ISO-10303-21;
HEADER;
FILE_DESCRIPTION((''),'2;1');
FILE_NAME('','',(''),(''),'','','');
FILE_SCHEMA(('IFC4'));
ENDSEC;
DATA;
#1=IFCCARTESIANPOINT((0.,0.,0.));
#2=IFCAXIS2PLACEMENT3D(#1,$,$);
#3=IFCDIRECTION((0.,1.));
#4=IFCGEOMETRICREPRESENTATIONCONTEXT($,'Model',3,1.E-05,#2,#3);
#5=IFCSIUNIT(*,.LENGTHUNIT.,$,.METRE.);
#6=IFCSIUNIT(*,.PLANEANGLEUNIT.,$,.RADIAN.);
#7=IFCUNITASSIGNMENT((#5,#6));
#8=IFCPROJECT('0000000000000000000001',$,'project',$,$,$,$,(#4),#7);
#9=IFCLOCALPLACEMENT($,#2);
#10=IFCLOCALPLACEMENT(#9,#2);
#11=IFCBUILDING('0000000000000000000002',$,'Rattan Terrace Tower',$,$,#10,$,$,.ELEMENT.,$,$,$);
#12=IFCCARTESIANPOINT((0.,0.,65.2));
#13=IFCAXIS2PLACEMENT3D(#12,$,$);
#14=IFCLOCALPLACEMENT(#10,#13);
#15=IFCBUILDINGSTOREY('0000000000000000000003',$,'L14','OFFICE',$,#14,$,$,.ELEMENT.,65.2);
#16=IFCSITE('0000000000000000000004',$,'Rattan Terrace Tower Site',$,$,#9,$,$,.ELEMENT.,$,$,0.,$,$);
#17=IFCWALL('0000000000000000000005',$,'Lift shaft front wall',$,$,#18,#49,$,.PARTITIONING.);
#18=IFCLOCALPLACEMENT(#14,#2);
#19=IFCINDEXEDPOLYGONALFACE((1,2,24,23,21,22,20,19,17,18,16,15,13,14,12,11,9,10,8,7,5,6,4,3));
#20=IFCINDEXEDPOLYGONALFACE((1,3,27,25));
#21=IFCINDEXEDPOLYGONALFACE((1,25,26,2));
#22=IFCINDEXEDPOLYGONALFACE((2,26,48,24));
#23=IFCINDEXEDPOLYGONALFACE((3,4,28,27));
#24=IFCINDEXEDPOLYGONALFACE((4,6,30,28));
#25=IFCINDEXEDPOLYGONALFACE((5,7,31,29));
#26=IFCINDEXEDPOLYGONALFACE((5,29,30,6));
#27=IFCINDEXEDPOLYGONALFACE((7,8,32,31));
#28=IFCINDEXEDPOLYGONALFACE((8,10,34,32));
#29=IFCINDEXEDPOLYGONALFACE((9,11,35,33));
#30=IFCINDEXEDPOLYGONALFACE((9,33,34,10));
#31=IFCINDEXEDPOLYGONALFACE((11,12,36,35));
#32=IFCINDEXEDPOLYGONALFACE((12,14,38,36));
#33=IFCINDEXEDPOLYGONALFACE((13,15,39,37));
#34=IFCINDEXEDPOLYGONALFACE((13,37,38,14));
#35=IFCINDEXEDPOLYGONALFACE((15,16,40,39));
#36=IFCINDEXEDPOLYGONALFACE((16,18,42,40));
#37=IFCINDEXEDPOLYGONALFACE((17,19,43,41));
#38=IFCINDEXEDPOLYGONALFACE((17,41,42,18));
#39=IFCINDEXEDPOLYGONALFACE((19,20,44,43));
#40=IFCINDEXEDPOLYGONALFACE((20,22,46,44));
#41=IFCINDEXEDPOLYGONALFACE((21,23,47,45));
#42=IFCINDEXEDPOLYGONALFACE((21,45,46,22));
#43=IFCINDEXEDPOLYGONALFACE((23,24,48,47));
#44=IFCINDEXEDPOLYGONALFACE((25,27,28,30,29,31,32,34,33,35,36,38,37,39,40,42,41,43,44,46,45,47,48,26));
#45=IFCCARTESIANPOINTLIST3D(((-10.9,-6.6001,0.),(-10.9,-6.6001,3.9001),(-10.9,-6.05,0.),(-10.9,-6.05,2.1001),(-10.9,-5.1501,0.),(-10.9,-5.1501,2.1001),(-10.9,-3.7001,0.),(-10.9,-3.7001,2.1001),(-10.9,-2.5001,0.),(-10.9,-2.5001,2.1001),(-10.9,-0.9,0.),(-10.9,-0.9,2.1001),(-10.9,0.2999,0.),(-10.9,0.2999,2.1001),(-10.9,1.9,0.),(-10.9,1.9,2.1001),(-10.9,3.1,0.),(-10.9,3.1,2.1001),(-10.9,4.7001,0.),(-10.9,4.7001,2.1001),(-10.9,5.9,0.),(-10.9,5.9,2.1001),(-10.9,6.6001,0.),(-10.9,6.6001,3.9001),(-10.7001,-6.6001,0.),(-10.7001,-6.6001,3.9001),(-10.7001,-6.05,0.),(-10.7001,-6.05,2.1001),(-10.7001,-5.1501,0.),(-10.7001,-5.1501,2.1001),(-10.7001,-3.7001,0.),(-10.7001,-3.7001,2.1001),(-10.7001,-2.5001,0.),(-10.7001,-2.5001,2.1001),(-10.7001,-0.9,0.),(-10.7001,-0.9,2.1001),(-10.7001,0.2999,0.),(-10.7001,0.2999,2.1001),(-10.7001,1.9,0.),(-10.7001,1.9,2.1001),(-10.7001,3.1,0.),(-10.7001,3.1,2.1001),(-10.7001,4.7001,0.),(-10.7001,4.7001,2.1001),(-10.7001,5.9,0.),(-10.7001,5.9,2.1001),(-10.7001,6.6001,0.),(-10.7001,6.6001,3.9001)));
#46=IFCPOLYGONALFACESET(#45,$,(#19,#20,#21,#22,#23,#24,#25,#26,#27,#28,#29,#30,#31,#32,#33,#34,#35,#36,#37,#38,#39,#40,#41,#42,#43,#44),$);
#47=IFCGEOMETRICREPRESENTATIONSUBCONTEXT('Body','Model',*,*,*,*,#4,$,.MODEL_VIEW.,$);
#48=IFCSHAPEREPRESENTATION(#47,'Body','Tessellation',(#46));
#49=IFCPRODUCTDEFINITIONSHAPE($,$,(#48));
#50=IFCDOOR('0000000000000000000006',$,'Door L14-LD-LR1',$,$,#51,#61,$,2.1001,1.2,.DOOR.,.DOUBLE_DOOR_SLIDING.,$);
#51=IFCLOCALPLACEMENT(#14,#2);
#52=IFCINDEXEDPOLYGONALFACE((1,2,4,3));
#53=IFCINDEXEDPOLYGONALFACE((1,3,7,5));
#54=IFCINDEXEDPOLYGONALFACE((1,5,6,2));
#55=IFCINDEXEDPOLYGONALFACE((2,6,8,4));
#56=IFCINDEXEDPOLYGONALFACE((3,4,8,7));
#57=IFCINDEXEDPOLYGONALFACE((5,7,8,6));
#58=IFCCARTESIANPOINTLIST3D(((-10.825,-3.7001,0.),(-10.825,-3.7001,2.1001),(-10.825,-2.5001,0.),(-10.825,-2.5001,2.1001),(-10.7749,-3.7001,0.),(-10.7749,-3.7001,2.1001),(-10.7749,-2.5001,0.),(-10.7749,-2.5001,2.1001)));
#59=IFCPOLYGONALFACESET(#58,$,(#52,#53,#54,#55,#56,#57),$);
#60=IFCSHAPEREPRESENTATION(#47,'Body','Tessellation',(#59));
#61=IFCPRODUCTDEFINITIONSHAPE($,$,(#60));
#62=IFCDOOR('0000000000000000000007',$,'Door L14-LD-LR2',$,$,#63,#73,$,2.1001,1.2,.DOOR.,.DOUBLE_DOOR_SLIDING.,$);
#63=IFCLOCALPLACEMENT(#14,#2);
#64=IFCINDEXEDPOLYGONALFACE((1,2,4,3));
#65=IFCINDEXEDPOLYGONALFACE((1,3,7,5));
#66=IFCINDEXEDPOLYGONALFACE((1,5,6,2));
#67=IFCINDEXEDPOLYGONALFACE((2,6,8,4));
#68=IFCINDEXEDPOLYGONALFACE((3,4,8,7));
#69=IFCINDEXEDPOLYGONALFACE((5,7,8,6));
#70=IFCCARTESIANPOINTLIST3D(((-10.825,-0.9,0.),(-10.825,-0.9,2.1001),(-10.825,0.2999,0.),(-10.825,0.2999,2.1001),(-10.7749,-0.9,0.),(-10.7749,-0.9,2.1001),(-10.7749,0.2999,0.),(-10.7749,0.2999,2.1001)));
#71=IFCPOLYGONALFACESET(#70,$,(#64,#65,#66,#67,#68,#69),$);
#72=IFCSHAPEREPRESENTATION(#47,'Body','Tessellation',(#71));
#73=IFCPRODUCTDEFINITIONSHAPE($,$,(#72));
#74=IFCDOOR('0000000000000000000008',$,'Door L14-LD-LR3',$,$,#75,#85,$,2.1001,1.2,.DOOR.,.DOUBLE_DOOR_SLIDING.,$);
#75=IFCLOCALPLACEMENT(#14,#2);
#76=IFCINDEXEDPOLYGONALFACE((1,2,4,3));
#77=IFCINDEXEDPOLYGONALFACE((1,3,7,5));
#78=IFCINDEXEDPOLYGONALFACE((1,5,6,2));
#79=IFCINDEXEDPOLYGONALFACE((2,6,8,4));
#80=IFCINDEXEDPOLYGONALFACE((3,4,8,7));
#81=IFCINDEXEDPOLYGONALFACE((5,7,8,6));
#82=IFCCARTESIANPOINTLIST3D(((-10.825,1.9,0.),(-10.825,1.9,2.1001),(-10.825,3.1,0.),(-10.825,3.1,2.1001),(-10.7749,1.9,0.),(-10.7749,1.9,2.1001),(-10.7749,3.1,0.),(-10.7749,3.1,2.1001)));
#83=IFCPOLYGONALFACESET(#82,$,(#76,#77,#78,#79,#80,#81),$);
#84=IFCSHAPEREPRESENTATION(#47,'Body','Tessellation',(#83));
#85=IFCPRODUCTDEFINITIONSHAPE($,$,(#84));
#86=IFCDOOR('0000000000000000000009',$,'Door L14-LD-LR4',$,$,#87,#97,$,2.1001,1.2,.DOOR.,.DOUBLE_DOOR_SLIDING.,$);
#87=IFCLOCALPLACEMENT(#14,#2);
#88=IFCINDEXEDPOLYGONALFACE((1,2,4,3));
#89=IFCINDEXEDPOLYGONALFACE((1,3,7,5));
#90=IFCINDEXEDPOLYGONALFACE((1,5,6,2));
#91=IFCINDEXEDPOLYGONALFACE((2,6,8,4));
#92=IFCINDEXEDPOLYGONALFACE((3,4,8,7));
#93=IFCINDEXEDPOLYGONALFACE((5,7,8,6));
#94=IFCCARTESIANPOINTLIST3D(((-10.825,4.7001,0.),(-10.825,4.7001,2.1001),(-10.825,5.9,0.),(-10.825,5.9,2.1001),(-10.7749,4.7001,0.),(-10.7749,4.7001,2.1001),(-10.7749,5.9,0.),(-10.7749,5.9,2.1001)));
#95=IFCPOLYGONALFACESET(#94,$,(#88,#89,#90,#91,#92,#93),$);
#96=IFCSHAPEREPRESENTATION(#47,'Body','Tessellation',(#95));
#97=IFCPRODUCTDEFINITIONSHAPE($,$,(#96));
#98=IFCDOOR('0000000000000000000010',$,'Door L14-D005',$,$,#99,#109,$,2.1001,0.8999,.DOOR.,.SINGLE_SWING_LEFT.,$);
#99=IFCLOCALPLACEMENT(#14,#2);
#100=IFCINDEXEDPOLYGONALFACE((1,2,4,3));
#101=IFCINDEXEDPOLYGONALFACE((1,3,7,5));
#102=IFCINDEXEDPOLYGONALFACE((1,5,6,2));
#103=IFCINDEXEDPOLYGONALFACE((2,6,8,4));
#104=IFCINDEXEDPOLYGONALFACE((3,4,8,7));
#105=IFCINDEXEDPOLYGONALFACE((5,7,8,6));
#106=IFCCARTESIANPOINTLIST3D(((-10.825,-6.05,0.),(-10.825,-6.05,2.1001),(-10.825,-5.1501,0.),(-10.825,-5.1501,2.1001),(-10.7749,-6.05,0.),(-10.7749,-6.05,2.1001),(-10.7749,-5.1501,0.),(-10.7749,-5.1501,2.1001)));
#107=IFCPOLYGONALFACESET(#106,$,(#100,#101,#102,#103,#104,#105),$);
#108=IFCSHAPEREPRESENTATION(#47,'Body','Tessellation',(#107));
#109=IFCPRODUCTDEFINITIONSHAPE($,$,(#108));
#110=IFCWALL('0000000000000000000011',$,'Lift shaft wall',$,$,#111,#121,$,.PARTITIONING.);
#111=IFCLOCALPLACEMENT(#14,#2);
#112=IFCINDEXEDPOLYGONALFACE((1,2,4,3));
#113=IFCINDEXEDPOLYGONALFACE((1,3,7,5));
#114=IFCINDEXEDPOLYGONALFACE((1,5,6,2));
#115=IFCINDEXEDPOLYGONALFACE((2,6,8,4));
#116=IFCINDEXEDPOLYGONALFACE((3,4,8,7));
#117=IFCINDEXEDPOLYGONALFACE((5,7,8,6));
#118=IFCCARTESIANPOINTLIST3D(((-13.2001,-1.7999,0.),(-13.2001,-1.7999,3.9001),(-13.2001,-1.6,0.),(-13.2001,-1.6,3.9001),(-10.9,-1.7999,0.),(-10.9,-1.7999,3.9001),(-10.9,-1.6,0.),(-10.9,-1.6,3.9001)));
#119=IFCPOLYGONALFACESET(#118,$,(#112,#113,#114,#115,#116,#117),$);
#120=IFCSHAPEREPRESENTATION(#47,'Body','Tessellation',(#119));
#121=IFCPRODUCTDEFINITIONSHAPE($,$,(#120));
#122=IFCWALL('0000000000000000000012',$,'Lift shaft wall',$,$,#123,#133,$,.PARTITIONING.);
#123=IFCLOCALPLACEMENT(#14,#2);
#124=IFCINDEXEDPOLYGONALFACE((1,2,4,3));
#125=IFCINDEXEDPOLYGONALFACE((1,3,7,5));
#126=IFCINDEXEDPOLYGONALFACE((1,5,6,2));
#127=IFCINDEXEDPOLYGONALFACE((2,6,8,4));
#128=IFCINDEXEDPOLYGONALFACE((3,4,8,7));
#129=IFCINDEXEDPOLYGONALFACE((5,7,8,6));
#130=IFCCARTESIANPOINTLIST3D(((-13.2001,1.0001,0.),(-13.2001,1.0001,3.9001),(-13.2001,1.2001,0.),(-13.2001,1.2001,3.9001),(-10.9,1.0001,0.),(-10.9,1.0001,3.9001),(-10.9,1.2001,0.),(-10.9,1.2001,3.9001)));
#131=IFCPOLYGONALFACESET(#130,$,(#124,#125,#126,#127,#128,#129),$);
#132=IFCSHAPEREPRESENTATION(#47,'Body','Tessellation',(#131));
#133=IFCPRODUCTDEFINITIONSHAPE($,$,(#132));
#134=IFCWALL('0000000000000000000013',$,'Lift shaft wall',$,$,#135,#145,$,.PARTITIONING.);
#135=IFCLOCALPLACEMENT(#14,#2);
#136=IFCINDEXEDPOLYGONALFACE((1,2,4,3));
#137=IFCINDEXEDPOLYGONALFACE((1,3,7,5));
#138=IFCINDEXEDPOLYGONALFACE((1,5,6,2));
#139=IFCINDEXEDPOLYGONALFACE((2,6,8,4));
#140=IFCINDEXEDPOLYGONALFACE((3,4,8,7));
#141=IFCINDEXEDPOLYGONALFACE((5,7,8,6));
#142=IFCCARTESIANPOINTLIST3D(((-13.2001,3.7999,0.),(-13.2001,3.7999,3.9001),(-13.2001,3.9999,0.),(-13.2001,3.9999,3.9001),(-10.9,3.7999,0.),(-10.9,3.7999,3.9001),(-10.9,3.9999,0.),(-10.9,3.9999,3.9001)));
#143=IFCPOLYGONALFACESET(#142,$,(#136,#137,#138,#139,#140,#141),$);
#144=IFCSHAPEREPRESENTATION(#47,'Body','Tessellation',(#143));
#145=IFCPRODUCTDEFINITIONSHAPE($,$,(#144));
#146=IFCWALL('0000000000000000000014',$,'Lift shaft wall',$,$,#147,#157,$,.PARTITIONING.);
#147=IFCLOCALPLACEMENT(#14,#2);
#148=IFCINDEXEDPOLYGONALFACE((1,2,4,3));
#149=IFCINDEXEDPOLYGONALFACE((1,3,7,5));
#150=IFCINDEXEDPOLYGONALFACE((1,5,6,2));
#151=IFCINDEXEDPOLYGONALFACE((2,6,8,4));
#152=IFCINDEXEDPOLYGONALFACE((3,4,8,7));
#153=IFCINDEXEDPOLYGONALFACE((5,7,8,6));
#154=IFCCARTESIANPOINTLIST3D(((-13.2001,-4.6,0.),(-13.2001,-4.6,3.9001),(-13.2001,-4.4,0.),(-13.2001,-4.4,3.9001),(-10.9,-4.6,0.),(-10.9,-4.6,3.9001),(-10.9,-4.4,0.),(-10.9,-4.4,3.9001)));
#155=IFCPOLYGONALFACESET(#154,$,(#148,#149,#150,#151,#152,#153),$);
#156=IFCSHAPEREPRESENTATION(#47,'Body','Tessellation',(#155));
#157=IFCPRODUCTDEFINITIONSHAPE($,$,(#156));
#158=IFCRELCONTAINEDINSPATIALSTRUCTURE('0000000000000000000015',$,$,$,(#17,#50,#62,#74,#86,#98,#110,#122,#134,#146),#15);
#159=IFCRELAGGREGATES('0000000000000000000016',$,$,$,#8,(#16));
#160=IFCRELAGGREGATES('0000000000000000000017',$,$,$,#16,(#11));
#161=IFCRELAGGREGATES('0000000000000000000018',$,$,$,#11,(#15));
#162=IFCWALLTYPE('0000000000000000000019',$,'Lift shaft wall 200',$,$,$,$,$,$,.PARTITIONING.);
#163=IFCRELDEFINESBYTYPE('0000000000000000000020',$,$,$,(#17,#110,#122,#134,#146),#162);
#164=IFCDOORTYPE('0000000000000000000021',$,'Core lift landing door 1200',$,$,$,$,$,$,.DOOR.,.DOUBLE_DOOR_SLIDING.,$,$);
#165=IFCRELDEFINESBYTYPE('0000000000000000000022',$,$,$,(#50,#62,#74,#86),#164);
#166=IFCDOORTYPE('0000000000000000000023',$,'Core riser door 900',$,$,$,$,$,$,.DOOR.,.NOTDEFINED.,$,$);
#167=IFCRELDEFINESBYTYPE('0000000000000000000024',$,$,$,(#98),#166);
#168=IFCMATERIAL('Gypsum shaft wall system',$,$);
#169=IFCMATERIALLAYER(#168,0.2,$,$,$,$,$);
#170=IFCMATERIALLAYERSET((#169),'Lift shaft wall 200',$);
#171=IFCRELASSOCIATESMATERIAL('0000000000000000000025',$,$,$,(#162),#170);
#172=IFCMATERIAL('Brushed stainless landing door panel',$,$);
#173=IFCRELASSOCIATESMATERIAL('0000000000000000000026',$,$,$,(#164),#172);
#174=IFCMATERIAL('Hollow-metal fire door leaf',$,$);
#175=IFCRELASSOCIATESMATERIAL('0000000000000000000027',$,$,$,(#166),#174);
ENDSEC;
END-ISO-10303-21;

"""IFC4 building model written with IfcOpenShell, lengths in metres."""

from ifc_helpers import new_model, si_unit, direction, frame, frame_2d, origin, place, context, subcontext, project, spatial, rectangle, extrude, material, layer, layer_set, type_object, element, fill, save


model = new_model("IFC4")

# Units and contexts
model_context = context("Model", 3, precision=1e-05, world=origin(), true_north=direction((0.0, 1.0)))
body_context = subcontext(model_context, "Body", "Model", "MODEL_VIEW")
ifc_project = project(units=[si_unit("LENGTHUNIT", "METRE"), si_unit("PLANEANGLEUNIT", "RADIAN")], contexts=[model_context])

# Site, building, storey
site_placement = place(None, origin())
site = spatial("IfcSite", under=ifc_project, at=site_placement, Name="Rattan Terrace Tower Site", CompositionType="ELEMENT", RefElevation=0.0)
building_placement = place(site_placement, origin())
building = spatial("IfcBuilding", under=site, at=building_placement, Name="Rattan Terrace Tower", CompositionType="ELEMENT")
storey_placement = place(building_placement, frame((0.0, 0.0, 65.2)))
storey = spatial("IfcBuildingStorey", under=building, at=storey_placement, Name="L14", Description="OFFICE", CompositionType="ELEMENT", Elevation=65.2)

# Wall, openings, doors
ifc_material_1 = material(Name="Gypsum shaft wall system")
ifc_layer_1 = layer(ifc_material_1, 0.2)
ifc_layer_set_1 = layer_set([ifc_layer_1], Name="Lift shaft wall 200")
wall_type_1 = type_object("IfcWallType", Name="Lift shaft wall 200", PredefinedType="PARTITIONING", material=ifc_layer_set_1)
wall_1_placement = place(storey_placement, frame((-10.8, -6.6001, 0.0), z_axis=(0.0, 0.0, 1.0), x_axis=(0.0, 1.0, 0.0)))
wall_1 = element("IfcWall", 1, at=wall_1_placement, inside=storey, type_object=wall_type_1, Name="Lift shaft front wall", PredefinedType="PARTITIONING", context=body_context, shape_type="SweptSolid", body=[
    extrude(rectangle(XDim=13.2002, YDim=0.2, at=frame_2d((6.6001, 0.0))), origin(), (0.0, 0.0, 1.0), 3.9001),
])
opening_1_placement = place(wall_1_placement, frame((0.55, 0.0, 0.0)))
opening_1 = element("IfcOpeningElement", 2, at=opening_1_placement, cuts=wall_1, PredefinedType="OPENING", context=body_context, shape_type="SweptSolid", body=[
    extrude(rectangle(XDim=0.8999, YDim=2.1001, at=frame_2d((0.45, 1.05))), frame((0.0, 0.1106, 0.0), z_axis=(0.0, -1.0, 0.0), x_axis=(1.0, 0.0, 0.0)), (0.0, 0.0, 1.0), 0.2209),
])
opening_2_placement = place(wall_1_placement, frame((2.8999, 0.0, 0.0)))
opening_2 = element("IfcOpeningElement", 3, at=opening_2_placement, cuts=wall_1, PredefinedType="OPENING", context=body_context, shape_type="SweptSolid", body=[
    extrude(rectangle(XDim=1.2, YDim=2.1001, at=frame_2d((0.6001, 1.05))), frame((0.0, 0.1106, 0.0), z_axis=(0.0, -1.0, 0.0), x_axis=(1.0, 0.0, 0.0)), (0.0, 0.0, 1.0), 0.2209),
])
opening_3_placement = place(wall_1_placement, frame((5.7, 0.0, 0.0)))
opening_3 = element("IfcOpeningElement", 4, at=opening_3_placement, cuts=wall_1, PredefinedType="OPENING", context=body_context, shape_type="SweptSolid", body=[
    extrude(rectangle(XDim=1.2, YDim=2.1001, at=frame_2d((0.6001, 1.05))), frame((0.0, 0.1106, 0.0), z_axis=(0.0, -1.0, 0.0), x_axis=(1.0, 0.0, 0.0)), (0.0, 0.0, 1.0), 0.2209),
])
opening_4_placement = place(wall_1_placement, frame((8.5, 0.0, 0.0)))
opening_4 = element("IfcOpeningElement", 5, at=opening_4_placement, cuts=wall_1, PredefinedType="OPENING", context=body_context, shape_type="SweptSolid", body=[
    extrude(rectangle(XDim=1.2, YDim=2.1001, at=frame_2d((0.6001, 1.05))), frame((0.0, 0.1106, 0.0), z_axis=(0.0, -1.0, 0.0), x_axis=(1.0, 0.0, 0.0)), (0.0, 0.0, 1.0), 0.2209),
])
opening_5_placement = place(wall_1_placement, frame((11.3, 0.0, 0.0)))
opening_5 = element("IfcOpeningElement", 6, at=opening_5_placement, cuts=wall_1, PredefinedType="OPENING", context=body_context, shape_type="SweptSolid", body=[
    extrude(rectangle(XDim=1.2, YDim=2.1001, at=frame_2d((0.6001, 1.05))), frame((0.0, 0.1106, 0.0), z_axis=(0.0, -1.0, 0.0), x_axis=(1.0, 0.0, 0.0)), (0.0, 0.0, 1.0), 0.2209),
])
ifc_material_2 = material(Name="Brushed stainless landing door panel")
door_type_1 = type_object("IfcDoorType", Name="Core lift landing door 1200", OperationType="DOUBLE_DOOR_SLIDING", PredefinedType="DOOR", material=ifc_material_2)
door_1_placement = place(opening_2_placement, origin())
door_1 = element("IfcDoor", 7, at=door_1_placement, inside=storey, type_object=door_type_1, Name="Door L14-LD-LR1", OperationType="DOUBLE_DOOR_SLIDING", OverallHeight=2.1001, OverallWidth=1.2, PredefinedType="DOOR", context=body_context, shape_type="SweptSolid", body=[
    extrude(rectangle(XDim=1.2, YDim=2.1001, at=frame_2d((0.6001, 1.05))), frame((0.0, 0.0249, 0.0), z_axis=(0.0, -1.0, 0.0), x_axis=(1.0, 0.0, 0.0)), (0.0, 0.0, 1.0), 0.05),
])
fill(opening_2, door_1)
door_2_placement = place(opening_3_placement, origin())
door_2 = element("IfcDoor", 8, at=door_2_placement, inside=storey, type_object=door_type_1, Name="Door L14-LD-LR2", OperationType="DOUBLE_DOOR_SLIDING", OverallHeight=2.1001, OverallWidth=1.2, PredefinedType="DOOR", context=body_context, shape_type="SweptSolid", body=[
    extrude(rectangle(XDim=1.2, YDim=2.1001, at=frame_2d((0.6001, 1.05))), frame((0.0, 0.0249, 0.0), z_axis=(0.0, -1.0, 0.0), x_axis=(1.0, 0.0, 0.0)), (0.0, 0.0, 1.0), 0.05),
])
fill(opening_3, door_2)
door_3_placement = place(opening_4_placement, origin())
door_3 = element("IfcDoor", 9, at=door_3_placement, inside=storey, type_object=door_type_1, Name="Door L14-LD-LR3", OperationType="DOUBLE_DOOR_SLIDING", OverallHeight=2.1001, OverallWidth=1.2, PredefinedType="DOOR", context=body_context, shape_type="SweptSolid", body=[
    extrude(rectangle(XDim=1.2, YDim=2.1001, at=frame_2d((0.6001, 1.05))), frame((0.0, 0.0249, 0.0), z_axis=(0.0, -1.0, 0.0), x_axis=(1.0, 0.0, 0.0)), (0.0, 0.0, 1.0), 0.05),
])
fill(opening_4, door_3)
door_4_placement = place(opening_5_placement, origin())
door_4 = element("IfcDoor", 10, at=door_4_placement, inside=storey, type_object=door_type_1, Name="Door L14-LD-LR4", OperationType="DOUBLE_DOOR_SLIDING", OverallHeight=2.1001, OverallWidth=1.2, PredefinedType="DOOR", context=body_context, shape_type="SweptSolid", body=[
    extrude(rectangle(XDim=1.2, YDim=2.1001, at=frame_2d((0.6001, 1.05))), frame((0.0, 0.0249, 0.0), z_axis=(0.0, -1.0, 0.0), x_axis=(1.0, 0.0, 0.0)), (0.0, 0.0, 1.0), 0.05),
])
fill(opening_5, door_4)
ifc_material_3 = material(Name="Hollow-metal fire door leaf")
door_type_2 = type_object("IfcDoorType", Name="Core riser door 900", OperationType="NOTDEFINED", PredefinedType="DOOR", material=ifc_material_3)
door_5_placement = place(opening_1_placement, origin())
door_5 = element("IfcDoor", 11, at=door_5_placement, inside=storey, type_object=door_type_2, Name="Door L14-D005", OperationType="SINGLE_SWING_LEFT", OverallHeight=2.1001, OverallWidth=0.8999, PredefinedType="DOOR", context=body_context, shape_type="SweptSolid", body=[
    extrude(rectangle(XDim=0.8999, YDim=2.1001, at=frame_2d((0.45, 1.05))), frame((0.0, 0.0249, 0.0), z_axis=(0.0, -1.0, 0.0), x_axis=(1.0, 0.0, 0.0)), (0.0, 0.0, 1.0), 0.05),
])
fill(opening_1, door_5)

# Walls
for number, where, z_axis, x_axis, name in (
    (12, (-13.2, -1.7, 0.0), (0.0, 0.0, 1.0), (1.0, 0.0, 0.0), "Lift shaft wall"),
    (13, (-13.2, 1.1001, 0.0), (0.0, 0.0, 1.0), (1.0, 0.0, 0.0), "Lift shaft wall"),
    (14, (-13.2, 3.8999, 0.0), (0.0, 0.0, 1.0), (1.0, 0.0, 0.0), "Lift shaft wall"),
    (15, (-13.2, -4.5, 0.0), (0.0, 0.0, 1.0), (1.0, 0.0, 0.0), "Lift shaft wall"),
):
    element("IfcWall", number, at=place(storey_placement, frame(where, z_axis=z_axis, x_axis=x_axis)), inside=storey, type_object=wall_type_1, Name=name, PredefinedType="PARTITIONING", context=body_context, shape_type="SweptSolid", body=[
        extrude(rectangle(XDim=2.3, YDim=0.2, at=frame_2d((1.1499, 0.0))), origin(), (0.0, 0.0, 1.0), 3.9001),
    ])

save(model, "model.ifc")
